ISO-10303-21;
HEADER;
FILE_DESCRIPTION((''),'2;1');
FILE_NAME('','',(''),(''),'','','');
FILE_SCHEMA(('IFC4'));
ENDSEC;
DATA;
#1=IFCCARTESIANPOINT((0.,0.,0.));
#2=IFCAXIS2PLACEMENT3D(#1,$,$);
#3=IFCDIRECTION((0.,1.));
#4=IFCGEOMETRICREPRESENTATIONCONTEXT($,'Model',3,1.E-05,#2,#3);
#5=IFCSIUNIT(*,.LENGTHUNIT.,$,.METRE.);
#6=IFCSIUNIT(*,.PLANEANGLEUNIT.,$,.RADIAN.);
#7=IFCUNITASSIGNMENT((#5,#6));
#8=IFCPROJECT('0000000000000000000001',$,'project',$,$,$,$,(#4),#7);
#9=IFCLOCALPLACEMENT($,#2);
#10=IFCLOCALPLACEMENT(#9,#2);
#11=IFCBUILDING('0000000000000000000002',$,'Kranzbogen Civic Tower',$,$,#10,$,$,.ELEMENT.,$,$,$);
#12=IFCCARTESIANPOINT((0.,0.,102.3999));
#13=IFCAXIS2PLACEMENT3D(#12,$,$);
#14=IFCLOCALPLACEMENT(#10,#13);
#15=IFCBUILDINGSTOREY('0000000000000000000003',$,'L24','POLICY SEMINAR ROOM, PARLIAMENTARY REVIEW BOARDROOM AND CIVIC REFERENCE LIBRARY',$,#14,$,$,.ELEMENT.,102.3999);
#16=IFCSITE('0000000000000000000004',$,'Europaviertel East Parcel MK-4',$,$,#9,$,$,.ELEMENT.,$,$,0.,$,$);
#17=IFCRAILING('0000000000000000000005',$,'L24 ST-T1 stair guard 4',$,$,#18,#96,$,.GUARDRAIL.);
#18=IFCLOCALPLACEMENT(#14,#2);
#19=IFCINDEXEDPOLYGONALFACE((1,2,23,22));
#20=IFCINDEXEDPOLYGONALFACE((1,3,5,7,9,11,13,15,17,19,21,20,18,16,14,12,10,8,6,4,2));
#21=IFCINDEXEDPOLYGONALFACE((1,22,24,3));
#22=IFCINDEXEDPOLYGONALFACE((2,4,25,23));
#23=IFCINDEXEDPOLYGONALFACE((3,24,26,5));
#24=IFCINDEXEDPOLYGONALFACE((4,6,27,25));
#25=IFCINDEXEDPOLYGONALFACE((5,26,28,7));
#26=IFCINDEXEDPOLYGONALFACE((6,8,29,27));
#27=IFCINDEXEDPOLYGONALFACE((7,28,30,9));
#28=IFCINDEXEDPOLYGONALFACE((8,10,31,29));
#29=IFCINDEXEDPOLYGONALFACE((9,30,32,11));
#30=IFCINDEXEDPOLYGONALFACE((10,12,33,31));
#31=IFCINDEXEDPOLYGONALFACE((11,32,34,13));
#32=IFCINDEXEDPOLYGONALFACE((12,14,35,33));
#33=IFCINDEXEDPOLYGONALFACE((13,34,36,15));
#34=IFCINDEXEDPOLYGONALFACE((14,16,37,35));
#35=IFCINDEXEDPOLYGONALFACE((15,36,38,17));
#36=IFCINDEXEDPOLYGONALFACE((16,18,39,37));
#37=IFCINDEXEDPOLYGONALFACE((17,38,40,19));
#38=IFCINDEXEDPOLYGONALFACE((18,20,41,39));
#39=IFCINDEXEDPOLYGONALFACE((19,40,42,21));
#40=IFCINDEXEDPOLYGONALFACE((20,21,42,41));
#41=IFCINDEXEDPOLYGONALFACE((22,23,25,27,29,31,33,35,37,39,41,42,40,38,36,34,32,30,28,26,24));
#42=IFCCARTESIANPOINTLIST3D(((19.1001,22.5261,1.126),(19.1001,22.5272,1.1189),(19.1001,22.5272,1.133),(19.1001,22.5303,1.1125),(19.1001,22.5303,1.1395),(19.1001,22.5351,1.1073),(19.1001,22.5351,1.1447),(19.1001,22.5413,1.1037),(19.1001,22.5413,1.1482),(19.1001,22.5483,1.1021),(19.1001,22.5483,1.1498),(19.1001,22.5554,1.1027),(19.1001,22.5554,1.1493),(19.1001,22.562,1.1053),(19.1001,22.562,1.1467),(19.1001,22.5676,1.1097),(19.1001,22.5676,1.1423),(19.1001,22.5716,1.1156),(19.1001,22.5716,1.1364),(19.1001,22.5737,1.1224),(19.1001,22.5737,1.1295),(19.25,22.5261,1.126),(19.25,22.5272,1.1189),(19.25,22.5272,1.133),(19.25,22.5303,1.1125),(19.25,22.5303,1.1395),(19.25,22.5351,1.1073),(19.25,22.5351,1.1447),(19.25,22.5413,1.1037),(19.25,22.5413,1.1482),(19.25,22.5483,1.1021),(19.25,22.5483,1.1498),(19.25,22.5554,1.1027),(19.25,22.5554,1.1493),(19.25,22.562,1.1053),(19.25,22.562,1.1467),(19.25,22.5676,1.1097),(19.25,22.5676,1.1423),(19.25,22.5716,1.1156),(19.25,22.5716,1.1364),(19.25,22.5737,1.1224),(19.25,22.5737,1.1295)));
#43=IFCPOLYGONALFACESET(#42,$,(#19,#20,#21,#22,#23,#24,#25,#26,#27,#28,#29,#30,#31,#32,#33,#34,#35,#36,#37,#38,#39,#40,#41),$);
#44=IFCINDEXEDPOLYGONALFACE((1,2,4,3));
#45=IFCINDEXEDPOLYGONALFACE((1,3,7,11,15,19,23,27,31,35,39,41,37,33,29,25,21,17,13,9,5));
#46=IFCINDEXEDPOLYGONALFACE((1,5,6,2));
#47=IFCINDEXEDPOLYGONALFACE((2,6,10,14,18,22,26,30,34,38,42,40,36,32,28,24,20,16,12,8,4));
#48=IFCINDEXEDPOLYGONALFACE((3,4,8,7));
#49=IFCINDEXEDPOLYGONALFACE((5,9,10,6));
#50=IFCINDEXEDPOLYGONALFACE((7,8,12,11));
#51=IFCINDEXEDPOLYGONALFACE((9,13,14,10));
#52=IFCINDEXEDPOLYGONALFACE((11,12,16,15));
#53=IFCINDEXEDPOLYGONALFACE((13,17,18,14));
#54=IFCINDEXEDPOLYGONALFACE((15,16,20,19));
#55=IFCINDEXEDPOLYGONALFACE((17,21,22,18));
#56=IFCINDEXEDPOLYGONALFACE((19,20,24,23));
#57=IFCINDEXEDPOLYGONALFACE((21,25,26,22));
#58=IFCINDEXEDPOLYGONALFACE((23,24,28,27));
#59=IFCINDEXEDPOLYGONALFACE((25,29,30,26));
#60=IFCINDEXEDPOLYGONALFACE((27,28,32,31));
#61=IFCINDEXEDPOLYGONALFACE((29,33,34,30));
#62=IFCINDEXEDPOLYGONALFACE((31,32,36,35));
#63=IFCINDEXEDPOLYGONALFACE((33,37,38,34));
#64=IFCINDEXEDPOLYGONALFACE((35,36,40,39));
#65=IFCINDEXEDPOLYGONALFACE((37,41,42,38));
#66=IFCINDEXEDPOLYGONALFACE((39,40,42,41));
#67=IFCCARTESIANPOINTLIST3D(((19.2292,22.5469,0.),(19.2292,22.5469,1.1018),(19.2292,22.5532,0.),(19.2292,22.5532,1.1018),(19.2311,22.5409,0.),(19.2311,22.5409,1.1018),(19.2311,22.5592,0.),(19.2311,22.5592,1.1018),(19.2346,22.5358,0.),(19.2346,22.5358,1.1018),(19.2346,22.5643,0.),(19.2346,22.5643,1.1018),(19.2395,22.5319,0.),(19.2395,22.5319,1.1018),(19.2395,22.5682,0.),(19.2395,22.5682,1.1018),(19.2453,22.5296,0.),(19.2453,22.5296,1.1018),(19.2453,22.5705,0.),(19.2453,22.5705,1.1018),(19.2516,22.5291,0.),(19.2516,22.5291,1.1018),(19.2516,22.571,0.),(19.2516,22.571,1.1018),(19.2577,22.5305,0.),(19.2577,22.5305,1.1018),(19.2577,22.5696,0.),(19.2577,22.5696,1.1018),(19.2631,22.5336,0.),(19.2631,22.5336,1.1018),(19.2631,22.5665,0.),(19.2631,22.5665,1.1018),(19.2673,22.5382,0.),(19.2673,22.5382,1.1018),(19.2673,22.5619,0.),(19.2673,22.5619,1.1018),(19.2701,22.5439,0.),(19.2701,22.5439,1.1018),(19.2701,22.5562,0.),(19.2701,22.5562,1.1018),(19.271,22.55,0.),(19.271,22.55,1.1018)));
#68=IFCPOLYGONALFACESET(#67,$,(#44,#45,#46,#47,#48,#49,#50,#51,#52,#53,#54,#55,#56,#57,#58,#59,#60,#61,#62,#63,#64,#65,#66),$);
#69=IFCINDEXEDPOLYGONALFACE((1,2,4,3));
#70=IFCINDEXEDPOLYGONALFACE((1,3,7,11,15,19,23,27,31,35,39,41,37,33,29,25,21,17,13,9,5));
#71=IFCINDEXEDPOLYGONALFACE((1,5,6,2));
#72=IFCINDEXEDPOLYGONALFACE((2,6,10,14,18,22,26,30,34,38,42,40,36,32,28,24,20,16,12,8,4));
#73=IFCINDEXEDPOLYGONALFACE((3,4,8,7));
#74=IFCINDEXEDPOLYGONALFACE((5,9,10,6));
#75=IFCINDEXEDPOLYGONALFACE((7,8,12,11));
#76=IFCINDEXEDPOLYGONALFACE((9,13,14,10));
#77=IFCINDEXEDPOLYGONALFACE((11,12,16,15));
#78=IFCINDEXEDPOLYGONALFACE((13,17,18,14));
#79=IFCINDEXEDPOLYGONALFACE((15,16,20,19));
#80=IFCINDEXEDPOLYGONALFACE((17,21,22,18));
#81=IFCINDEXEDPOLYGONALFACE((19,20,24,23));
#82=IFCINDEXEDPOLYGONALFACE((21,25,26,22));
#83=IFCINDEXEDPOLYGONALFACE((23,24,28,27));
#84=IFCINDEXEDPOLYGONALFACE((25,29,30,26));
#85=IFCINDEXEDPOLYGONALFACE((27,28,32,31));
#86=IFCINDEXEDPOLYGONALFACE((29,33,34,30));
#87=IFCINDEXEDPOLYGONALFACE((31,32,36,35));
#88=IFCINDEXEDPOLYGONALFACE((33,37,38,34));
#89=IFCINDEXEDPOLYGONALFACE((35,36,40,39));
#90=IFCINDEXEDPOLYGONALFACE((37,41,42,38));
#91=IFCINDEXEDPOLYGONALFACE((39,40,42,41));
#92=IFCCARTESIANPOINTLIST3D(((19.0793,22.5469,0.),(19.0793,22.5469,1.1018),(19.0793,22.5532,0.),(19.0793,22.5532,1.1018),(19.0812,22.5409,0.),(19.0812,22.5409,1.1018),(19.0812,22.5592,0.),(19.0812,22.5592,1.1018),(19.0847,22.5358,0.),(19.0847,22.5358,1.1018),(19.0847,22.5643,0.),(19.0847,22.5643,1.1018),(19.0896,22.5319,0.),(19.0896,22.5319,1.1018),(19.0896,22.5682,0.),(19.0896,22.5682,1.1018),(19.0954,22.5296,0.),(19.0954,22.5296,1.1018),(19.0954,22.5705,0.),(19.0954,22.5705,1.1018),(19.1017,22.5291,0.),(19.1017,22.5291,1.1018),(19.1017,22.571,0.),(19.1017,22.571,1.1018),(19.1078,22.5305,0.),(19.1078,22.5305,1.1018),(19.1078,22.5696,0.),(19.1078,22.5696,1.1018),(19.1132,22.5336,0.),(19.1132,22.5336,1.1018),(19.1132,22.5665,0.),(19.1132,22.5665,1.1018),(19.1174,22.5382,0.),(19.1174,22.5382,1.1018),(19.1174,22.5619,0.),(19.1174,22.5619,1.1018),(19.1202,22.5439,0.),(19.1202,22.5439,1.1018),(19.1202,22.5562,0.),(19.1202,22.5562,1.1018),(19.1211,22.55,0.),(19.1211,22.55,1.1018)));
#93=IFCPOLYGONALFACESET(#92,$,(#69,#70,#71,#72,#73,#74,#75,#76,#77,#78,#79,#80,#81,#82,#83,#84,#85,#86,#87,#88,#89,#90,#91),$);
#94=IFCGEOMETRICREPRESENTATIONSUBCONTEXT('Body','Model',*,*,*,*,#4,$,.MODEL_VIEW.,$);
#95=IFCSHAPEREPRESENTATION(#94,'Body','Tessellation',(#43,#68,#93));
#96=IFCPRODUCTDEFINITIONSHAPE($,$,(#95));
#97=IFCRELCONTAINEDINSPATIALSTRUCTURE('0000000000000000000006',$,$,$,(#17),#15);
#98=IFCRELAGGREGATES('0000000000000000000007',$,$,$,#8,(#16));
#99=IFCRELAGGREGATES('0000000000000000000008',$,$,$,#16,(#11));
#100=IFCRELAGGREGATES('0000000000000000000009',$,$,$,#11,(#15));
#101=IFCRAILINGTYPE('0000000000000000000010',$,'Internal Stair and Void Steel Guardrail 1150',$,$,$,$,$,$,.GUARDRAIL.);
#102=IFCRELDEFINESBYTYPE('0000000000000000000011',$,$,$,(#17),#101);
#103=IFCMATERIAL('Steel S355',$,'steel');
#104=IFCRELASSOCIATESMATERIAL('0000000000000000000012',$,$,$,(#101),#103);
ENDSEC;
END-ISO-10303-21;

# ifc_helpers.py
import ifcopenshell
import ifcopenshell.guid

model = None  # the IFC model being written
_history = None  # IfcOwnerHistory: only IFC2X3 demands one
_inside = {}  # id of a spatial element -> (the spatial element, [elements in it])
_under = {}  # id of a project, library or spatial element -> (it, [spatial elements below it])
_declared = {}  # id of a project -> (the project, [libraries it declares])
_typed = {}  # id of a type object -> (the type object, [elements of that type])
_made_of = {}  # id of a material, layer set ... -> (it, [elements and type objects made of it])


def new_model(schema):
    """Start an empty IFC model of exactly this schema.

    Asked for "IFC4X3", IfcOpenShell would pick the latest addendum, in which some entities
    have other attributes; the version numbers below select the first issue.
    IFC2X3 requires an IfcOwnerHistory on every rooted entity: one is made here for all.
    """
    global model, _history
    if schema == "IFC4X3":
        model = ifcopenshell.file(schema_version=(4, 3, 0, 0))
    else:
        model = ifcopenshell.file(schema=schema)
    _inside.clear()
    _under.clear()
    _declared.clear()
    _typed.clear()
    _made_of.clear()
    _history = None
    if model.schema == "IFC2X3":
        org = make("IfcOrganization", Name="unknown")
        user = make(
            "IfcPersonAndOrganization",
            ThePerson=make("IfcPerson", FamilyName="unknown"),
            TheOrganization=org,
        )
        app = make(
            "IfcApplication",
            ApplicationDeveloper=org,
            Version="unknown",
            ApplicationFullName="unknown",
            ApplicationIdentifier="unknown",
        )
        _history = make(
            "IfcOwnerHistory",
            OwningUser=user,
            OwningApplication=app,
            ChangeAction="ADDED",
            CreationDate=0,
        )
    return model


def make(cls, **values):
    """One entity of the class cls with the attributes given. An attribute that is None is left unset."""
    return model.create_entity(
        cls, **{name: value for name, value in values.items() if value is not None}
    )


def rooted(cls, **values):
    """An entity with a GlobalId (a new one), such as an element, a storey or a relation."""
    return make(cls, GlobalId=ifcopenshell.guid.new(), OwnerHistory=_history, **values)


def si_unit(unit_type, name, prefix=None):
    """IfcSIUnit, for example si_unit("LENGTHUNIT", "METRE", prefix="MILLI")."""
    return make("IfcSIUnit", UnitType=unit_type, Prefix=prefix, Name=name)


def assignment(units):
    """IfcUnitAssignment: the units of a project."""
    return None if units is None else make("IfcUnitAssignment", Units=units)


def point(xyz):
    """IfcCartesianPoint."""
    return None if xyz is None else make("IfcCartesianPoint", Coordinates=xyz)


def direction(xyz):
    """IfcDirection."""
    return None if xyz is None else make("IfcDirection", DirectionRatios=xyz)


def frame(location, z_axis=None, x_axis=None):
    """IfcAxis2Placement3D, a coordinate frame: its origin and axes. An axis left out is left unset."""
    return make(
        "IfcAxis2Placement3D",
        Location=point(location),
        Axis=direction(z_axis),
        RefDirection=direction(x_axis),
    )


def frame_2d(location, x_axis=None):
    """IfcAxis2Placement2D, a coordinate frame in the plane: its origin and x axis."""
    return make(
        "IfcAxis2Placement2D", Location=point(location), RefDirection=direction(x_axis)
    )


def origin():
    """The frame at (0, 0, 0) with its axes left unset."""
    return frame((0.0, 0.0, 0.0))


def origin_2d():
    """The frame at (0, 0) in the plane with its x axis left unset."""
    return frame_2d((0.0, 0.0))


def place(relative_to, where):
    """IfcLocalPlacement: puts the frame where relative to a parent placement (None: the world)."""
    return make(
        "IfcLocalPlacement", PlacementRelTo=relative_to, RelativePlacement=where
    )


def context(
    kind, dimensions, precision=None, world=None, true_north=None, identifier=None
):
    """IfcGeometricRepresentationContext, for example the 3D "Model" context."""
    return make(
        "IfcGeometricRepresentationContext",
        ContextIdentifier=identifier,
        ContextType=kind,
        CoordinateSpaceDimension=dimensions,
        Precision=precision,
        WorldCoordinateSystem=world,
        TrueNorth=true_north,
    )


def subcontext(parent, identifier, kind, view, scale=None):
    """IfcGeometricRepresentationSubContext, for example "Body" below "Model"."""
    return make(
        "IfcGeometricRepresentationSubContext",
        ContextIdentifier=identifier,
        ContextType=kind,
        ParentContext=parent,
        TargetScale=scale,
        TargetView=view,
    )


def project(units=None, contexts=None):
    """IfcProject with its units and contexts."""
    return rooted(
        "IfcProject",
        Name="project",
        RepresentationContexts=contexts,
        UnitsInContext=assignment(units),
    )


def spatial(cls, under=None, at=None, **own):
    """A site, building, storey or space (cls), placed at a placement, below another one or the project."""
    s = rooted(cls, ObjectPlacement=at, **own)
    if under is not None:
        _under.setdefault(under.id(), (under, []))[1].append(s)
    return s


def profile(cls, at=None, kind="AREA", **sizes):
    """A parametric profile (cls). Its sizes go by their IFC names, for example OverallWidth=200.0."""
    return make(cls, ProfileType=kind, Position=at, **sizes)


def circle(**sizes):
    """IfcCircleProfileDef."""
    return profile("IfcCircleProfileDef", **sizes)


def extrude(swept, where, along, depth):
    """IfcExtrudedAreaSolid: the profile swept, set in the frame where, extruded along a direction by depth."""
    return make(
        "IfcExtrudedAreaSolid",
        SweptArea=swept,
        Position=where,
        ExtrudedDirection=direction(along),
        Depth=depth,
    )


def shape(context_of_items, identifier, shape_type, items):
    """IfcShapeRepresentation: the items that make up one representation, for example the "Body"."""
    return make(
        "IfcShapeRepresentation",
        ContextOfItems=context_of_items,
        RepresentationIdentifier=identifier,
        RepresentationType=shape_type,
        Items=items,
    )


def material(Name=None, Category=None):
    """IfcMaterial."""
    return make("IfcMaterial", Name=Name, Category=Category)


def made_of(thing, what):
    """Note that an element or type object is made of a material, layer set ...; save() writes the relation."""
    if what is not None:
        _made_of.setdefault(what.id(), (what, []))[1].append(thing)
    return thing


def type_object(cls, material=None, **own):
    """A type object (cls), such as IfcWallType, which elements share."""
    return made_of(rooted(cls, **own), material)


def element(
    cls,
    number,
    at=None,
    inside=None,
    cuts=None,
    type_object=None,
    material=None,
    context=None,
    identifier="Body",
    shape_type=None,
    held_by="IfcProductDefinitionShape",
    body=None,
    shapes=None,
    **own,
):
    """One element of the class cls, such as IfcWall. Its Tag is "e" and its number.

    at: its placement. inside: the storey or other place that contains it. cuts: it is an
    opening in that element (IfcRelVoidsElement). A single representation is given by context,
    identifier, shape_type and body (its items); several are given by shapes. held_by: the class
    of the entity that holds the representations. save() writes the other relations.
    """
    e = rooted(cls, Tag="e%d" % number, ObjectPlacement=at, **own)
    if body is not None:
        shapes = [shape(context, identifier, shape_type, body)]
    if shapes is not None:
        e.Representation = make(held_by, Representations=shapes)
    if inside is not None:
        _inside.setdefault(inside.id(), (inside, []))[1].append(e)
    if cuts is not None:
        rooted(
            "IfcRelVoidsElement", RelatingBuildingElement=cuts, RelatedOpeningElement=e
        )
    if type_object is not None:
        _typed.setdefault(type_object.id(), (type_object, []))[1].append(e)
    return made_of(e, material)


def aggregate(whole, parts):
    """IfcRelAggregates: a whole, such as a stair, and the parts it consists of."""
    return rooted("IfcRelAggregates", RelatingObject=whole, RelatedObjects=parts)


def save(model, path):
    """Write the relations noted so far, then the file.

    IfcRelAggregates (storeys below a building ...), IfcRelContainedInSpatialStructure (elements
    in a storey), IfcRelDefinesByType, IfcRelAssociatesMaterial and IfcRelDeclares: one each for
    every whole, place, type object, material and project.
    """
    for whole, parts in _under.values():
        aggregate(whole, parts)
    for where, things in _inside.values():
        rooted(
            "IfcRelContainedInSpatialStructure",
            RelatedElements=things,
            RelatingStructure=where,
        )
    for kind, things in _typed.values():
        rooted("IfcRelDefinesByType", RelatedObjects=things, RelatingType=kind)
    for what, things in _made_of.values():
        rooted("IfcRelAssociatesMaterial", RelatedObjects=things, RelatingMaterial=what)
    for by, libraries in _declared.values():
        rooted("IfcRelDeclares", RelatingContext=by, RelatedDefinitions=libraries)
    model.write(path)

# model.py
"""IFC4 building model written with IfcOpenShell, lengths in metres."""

from ifc_helpers import new_model, si_unit, direction, frame, origin, origin_2d, place, context, subcontext, project, spatial, circle, extrude, material, type_object, element, save


model = new_model("IFC4")

# Units and contexts
model_context = context("Model", 3, precision=1e-05, world=origin(), true_north=direction((0.0, 1.0)))
body_context = subcontext(model_context, "Body", "Model", "MODEL_VIEW")
ifc_project = project(units=[si_unit("LENGTHUNIT", "METRE"), si_unit("PLANEANGLEUNIT", "RADIAN")], contexts=[model_context])

# Site, building, storey
site_placement = place(None, origin())
site = spatial("IfcSite", under=ifc_project, at=site_placement, Name="Europaviertel East Parcel MK-4", CompositionType="ELEMENT", RefElevation=0.0)
building_placement = place(site_placement, origin())
building = spatial("IfcBuilding", under=site, at=building_placement, Name="Kranzbogen Civic Tower", CompositionType="ELEMENT")
storey_placement = place(building_placement, frame((0.0, 0.0, 102.3999)))
storey = spatial("IfcBuildingStorey", under=building, at=storey_placement, Name="L24", Description="POLICY SEMINAR ROOM, PARLIAMENTARY REVIEW BOARDROOM AND CIVIC REFERENCE LIBRARY", CompositionType="ELEMENT", Elevation=102.3999)

# Shared definitions
ifc_material_1 = material(Name="Steel S355", Category="steel")

# Railing
railing_type_1 = type_object("IfcRailingType", Name="Internal Stair and Void Steel Guardrail 1150", PredefinedType="GUARDRAIL", material=ifc_material_1)
railing_1_placement = place(storey_placement, frame((19.25, 22.55, 0.0)))
element("IfcRailing", 1, at=railing_1_placement, inside=storey, type_object=railing_type_1, Name="L24 ST-T1 stair guard 4", PredefinedType="GUARDRAIL", context=body_context, shape_type="SweptSolid", body=[
    extrude(circle(Radius=0.0239, at=origin_2d()), frame((0.0, 0.0, 1.126), z_axis=(-1.0, 0.0, 0.0), x_axis=(0.0, -1.0, 0.0)), (0.0, 0.0, 1.0), 0.1499),
    extrude(circle(Radius=0.021, at=origin_2d()), origin(), (0.0, 0.0, 1.0), 1.1018),
    extrude(circle(Radius=0.021, at=origin_2d()), frame((-0.1499, 0.0, 0.0)), (0.0, 0.0, 1.0), 1.1018),
])

save(model, "model.ifc")
